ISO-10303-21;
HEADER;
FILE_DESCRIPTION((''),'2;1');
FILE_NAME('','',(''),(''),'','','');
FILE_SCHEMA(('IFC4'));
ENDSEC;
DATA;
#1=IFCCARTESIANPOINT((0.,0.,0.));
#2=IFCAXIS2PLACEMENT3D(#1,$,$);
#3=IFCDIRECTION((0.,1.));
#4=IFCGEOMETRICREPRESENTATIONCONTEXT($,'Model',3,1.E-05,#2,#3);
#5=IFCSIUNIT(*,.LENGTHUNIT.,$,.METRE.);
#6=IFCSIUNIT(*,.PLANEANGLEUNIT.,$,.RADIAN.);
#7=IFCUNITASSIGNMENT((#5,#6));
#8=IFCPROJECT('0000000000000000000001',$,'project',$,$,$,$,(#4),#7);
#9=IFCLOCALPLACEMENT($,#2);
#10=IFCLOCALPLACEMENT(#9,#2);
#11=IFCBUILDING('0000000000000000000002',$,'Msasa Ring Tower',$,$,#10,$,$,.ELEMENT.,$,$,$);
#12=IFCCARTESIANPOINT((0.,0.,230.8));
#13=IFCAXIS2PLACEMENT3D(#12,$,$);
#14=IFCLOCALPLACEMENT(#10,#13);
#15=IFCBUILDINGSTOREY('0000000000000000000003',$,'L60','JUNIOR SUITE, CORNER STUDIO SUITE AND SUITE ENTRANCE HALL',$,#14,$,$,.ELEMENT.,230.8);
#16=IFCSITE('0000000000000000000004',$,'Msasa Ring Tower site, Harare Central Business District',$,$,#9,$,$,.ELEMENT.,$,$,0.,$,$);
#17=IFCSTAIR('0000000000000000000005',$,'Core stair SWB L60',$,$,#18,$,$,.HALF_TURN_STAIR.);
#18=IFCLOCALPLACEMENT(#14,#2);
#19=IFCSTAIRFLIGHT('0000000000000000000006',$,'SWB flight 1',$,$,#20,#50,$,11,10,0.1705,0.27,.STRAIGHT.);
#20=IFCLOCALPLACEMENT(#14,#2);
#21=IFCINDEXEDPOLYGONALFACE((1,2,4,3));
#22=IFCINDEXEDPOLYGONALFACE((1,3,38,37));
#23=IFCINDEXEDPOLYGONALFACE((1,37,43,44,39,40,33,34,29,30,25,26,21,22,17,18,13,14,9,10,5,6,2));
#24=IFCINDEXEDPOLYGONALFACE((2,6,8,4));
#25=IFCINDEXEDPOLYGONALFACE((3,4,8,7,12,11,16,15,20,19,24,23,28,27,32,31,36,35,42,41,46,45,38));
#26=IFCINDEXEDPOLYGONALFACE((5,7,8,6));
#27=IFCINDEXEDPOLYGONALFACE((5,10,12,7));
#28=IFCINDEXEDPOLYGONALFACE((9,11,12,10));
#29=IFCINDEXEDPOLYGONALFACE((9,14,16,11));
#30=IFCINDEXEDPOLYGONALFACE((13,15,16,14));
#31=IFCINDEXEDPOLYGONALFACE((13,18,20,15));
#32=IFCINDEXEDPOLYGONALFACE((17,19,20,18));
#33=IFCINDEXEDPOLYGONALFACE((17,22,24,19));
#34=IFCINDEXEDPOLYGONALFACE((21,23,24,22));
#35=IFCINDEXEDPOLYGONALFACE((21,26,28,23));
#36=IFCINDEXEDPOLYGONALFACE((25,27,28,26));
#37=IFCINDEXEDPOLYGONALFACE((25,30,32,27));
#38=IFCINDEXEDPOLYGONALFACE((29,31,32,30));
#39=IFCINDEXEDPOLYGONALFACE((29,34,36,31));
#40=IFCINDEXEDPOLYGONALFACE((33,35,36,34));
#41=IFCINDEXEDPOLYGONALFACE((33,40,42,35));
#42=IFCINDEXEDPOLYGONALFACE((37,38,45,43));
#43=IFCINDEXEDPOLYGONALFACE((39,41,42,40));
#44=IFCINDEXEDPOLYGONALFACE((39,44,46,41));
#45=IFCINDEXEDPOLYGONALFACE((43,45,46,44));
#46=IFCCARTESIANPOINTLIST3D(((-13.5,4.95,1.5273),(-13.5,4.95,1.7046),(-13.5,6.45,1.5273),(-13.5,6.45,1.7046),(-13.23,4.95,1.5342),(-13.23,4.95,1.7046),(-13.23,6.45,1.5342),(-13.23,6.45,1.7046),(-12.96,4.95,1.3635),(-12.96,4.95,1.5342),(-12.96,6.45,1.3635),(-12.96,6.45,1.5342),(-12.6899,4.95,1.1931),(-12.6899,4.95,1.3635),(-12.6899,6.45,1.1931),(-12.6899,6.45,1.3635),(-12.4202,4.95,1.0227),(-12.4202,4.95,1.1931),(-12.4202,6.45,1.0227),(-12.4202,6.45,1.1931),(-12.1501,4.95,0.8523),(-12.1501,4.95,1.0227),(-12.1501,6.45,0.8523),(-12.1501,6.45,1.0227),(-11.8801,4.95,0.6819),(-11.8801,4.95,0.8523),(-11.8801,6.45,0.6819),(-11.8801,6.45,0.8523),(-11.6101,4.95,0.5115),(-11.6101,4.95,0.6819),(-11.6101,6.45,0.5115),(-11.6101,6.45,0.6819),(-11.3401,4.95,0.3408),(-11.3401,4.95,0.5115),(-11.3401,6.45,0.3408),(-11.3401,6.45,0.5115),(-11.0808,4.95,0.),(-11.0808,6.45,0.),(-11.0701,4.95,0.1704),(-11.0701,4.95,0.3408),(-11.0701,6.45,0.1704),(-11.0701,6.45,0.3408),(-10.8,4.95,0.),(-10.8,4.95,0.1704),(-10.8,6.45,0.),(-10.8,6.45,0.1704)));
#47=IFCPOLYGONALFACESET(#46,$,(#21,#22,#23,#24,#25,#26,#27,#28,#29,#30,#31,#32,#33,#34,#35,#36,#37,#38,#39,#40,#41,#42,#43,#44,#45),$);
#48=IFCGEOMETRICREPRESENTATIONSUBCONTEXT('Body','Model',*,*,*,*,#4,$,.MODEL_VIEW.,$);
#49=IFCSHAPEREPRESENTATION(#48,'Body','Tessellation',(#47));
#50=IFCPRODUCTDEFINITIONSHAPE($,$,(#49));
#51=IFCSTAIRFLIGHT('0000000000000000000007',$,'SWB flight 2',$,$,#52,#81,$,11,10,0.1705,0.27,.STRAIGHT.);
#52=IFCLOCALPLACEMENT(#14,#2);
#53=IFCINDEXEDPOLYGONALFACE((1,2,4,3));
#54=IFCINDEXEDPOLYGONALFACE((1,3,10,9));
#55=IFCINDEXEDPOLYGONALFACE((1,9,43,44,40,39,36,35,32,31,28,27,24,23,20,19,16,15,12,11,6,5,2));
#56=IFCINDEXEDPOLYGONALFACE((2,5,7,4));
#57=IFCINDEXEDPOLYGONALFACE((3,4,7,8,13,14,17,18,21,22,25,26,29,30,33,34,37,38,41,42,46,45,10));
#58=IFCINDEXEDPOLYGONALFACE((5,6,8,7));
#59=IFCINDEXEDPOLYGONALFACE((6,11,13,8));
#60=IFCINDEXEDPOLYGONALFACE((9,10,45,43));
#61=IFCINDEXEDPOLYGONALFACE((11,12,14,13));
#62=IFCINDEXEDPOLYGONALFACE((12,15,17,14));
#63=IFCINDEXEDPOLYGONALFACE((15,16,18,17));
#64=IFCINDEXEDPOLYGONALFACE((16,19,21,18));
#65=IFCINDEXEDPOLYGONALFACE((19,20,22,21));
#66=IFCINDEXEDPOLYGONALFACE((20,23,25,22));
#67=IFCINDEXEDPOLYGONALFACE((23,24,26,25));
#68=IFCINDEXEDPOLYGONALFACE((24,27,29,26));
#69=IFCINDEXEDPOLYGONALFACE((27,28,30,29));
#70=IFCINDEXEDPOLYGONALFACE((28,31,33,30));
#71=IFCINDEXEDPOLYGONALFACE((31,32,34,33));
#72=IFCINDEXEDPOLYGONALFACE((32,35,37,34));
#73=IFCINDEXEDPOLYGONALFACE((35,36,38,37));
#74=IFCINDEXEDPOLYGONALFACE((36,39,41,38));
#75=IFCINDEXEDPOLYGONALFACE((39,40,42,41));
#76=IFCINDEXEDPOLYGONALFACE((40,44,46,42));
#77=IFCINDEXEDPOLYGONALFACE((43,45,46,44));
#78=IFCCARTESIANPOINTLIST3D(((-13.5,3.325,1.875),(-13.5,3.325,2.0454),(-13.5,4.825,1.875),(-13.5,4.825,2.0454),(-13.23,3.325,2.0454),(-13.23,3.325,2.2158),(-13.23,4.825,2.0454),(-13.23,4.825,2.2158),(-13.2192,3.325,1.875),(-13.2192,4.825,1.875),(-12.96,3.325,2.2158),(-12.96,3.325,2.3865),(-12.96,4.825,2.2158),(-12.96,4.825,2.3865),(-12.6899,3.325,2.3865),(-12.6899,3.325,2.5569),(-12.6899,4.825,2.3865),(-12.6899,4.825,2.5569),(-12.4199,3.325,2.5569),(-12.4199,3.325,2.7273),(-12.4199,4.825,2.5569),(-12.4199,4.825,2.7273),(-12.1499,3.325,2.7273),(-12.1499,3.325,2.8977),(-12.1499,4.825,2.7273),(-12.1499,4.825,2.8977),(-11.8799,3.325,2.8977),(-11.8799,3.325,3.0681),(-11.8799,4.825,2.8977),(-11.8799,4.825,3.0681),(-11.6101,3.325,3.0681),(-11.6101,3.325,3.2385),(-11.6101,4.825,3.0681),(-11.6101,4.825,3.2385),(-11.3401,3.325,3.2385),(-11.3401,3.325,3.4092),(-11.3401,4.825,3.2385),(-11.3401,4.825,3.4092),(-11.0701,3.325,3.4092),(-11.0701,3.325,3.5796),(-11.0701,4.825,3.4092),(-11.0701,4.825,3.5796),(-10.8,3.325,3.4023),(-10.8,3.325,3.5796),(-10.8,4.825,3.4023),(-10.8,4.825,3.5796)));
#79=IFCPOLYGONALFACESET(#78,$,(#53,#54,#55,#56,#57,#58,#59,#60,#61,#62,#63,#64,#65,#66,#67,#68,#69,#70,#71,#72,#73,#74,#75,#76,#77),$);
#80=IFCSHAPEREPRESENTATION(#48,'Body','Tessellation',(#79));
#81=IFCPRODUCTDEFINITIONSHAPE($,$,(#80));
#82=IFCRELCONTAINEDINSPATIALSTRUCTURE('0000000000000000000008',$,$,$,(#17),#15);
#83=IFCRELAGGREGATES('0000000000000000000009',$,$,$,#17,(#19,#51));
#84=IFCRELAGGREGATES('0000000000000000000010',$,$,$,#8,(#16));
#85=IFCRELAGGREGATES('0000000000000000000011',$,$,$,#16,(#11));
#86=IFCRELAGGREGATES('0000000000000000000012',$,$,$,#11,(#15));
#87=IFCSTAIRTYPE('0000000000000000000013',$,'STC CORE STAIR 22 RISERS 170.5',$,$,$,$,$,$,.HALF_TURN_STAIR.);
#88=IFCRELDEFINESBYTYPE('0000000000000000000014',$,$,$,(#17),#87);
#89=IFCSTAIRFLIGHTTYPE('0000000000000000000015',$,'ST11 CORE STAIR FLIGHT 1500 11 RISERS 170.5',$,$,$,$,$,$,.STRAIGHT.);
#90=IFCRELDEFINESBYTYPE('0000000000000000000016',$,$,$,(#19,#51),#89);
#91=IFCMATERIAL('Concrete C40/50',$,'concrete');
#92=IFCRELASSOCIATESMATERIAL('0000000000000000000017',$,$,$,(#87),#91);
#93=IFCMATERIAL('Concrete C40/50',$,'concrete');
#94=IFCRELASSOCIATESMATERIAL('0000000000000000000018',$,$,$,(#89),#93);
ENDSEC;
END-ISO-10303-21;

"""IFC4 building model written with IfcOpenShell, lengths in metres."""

from ifc_helpers import new_model, si_unit, direction, frame, origin, place, context, subcontext, project, spatial, polyline, outline, extrude, material, type_object, element, aggregate, save


model = new_model("IFC4")

# Units and contexts
model_context = context("Model", 3, precision=1e-05, world=origin(), true_north=direction((0.0, 1.0)))
body_context = subcontext(model_context, "Body", "Model", "MODEL_VIEW")
ifc_project = project(units=[si_unit("LENGTHUNIT", "METRE"), si_unit("PLANEANGLEUNIT", "RADIAN")], contexts=[model_context])

# Site, building, storey
site_placement = place(None, origin())
site = spatial("IfcSite", under=ifc_project, at=site_placement, Name="Msasa Ring Tower site, Harare Central Business District", CompositionType="ELEMENT", RefElevation=0.0)
building_placement = place(site_placement, origin())
building = spatial("IfcBuilding", under=site, at=building_placement, Name="Msasa Ring Tower", CompositionType="ELEMENT")
storey_placement = place(building_placement, frame((0.0, 0.0, 230.8)))
storey = spatial("IfcBuildingStorey", under=building, at=storey_placement, Name="L60", Description="JUNIOR SUITE, CORNER STUDIO SUITE AND SUITE ENTRANCE HALL", CompositionType="ELEMENT", Elevation=230.8)

# Stair, stair flights
ifc_material_1 = material(Name="Concrete C40/50", Category="concrete")
stair_type = type_object("IfcStairType", Name="STC CORE STAIR 22 RISERS 170.5", PredefinedType="HALF_TURN_STAIR", material=ifc_material_1)
stair_placement = place(storey_placement, origin())
stair = element("IfcStair", 1, at=stair_placement, inside=storey, type_object=stair_type, Name="Core stair SWB L60", PredefinedType="HALF_TURN_STAIR")
ifc_material_2 = material(Name="Concrete C40/50", Category="concrete")
stair_flight_type = type_object("IfcStairFlightType", Name="ST11 CORE STAIR FLIGHT 1500 11 RISERS 170.5", PredefinedType="STRAIGHT", material=ifc_material_2)
stair_flight_1_placement = place(storey_placement, frame((-10.8, 5.7, 0.0), z_axis=(0.0, 0.0, 1.0), x_axis=(-1.0, 0.0, 0.0)))
stair_flight_1 = element("IfcStairFlight", 2, at=stair_flight_1_placement, type_object=stair_flight_type, Name="SWB flight 1", NumberOfRisers=11, NumberOfTreads=10, PredefinedType="STRAIGHT", RiserHeight=0.1705, TreadLength=0.27, context=body_context, shape_type="SweptSolid", body=[
    extrude(outline(polyline([(0.0, 0.0), (0.0, 0.1704), (0.27, 0.1704), (0.27, 0.3408), (0.54, 0.3408), (0.54, 0.5115), (0.8101, 0.5115), (0.8101, 0.6819), (1.0801, 0.6819), (1.0801, 0.8523), (1.3501, 0.8523), (1.3501, 1.0227), (1.6201, 1.0227), (1.6201, 1.1931), (1.8899, 1.1931), (1.8899, 1.3635), (2.1599, 1.3635), (2.1599, 1.5342), (2.4299, 1.5342), (2.4299, 1.7046), (2.7, 1.7046), (2.7, 1.875), (2.7, 1.5273), (0.2808, 0.0), (0.0, 0.0)])), frame((0.0, 0.75, 0.0), z_axis=(0.0, -1.0, 0.0), x_axis=(1.0, 0.0, 0.0)), (0.0, 0.0, 1.0), 1.5),
])
stair_flight_2_placement = place(storey_placement, frame((-13.5, 4.075, 1.875), z_axis=(0.0, 0.0, 1.0), x_axis=(1.0, 0.0, 0.0)))
stair_flight_2 = element("IfcStairFlight", 3, at=stair_flight_2_placement, type_object=stair_flight_type, Name="SWB flight 2", NumberOfRisers=11, NumberOfTreads=10, PredefinedType="STRAIGHT", RiserHeight=0.1705, TreadLength=0.27, context=body_context, shape_type="SweptSolid", body=[
    extrude(outline(polyline([(0.0, 0.0), (0.0, 0.1704), (0.27, 0.1704), (0.27, 0.3408), (0.54, 0.3408), (0.54, 0.5115), (0.8101, 0.5115), (0.8101, 0.6819), (1.0801, 0.6819), (1.0801, 0.8523), (1.3501, 0.8523), (1.3501, 1.0227), (1.6201, 1.0227), (1.6201, 1.1931), (1.8899, 1.1931), (1.8899, 1.3635), (2.1599, 1.3635), (2.1599, 1.5342), (2.4299, 1.5342), (2.4299, 1.7046), (2.7, 1.7046), (2.7, 1.875), (2.7, 1.5273), (0.2808, 0.0), (0.0, 0.0)])), frame((0.0, 0.75, 0.0), z_axis=(0.0, -1.0, 0.0), x_axis=(1.0, 0.0, 0.0)), (0.0, 0.0, 1.0), 1.5),
])
aggregate(stair, [stair_flight_1, stair_flight_2])

save(model, "model.ifc")
